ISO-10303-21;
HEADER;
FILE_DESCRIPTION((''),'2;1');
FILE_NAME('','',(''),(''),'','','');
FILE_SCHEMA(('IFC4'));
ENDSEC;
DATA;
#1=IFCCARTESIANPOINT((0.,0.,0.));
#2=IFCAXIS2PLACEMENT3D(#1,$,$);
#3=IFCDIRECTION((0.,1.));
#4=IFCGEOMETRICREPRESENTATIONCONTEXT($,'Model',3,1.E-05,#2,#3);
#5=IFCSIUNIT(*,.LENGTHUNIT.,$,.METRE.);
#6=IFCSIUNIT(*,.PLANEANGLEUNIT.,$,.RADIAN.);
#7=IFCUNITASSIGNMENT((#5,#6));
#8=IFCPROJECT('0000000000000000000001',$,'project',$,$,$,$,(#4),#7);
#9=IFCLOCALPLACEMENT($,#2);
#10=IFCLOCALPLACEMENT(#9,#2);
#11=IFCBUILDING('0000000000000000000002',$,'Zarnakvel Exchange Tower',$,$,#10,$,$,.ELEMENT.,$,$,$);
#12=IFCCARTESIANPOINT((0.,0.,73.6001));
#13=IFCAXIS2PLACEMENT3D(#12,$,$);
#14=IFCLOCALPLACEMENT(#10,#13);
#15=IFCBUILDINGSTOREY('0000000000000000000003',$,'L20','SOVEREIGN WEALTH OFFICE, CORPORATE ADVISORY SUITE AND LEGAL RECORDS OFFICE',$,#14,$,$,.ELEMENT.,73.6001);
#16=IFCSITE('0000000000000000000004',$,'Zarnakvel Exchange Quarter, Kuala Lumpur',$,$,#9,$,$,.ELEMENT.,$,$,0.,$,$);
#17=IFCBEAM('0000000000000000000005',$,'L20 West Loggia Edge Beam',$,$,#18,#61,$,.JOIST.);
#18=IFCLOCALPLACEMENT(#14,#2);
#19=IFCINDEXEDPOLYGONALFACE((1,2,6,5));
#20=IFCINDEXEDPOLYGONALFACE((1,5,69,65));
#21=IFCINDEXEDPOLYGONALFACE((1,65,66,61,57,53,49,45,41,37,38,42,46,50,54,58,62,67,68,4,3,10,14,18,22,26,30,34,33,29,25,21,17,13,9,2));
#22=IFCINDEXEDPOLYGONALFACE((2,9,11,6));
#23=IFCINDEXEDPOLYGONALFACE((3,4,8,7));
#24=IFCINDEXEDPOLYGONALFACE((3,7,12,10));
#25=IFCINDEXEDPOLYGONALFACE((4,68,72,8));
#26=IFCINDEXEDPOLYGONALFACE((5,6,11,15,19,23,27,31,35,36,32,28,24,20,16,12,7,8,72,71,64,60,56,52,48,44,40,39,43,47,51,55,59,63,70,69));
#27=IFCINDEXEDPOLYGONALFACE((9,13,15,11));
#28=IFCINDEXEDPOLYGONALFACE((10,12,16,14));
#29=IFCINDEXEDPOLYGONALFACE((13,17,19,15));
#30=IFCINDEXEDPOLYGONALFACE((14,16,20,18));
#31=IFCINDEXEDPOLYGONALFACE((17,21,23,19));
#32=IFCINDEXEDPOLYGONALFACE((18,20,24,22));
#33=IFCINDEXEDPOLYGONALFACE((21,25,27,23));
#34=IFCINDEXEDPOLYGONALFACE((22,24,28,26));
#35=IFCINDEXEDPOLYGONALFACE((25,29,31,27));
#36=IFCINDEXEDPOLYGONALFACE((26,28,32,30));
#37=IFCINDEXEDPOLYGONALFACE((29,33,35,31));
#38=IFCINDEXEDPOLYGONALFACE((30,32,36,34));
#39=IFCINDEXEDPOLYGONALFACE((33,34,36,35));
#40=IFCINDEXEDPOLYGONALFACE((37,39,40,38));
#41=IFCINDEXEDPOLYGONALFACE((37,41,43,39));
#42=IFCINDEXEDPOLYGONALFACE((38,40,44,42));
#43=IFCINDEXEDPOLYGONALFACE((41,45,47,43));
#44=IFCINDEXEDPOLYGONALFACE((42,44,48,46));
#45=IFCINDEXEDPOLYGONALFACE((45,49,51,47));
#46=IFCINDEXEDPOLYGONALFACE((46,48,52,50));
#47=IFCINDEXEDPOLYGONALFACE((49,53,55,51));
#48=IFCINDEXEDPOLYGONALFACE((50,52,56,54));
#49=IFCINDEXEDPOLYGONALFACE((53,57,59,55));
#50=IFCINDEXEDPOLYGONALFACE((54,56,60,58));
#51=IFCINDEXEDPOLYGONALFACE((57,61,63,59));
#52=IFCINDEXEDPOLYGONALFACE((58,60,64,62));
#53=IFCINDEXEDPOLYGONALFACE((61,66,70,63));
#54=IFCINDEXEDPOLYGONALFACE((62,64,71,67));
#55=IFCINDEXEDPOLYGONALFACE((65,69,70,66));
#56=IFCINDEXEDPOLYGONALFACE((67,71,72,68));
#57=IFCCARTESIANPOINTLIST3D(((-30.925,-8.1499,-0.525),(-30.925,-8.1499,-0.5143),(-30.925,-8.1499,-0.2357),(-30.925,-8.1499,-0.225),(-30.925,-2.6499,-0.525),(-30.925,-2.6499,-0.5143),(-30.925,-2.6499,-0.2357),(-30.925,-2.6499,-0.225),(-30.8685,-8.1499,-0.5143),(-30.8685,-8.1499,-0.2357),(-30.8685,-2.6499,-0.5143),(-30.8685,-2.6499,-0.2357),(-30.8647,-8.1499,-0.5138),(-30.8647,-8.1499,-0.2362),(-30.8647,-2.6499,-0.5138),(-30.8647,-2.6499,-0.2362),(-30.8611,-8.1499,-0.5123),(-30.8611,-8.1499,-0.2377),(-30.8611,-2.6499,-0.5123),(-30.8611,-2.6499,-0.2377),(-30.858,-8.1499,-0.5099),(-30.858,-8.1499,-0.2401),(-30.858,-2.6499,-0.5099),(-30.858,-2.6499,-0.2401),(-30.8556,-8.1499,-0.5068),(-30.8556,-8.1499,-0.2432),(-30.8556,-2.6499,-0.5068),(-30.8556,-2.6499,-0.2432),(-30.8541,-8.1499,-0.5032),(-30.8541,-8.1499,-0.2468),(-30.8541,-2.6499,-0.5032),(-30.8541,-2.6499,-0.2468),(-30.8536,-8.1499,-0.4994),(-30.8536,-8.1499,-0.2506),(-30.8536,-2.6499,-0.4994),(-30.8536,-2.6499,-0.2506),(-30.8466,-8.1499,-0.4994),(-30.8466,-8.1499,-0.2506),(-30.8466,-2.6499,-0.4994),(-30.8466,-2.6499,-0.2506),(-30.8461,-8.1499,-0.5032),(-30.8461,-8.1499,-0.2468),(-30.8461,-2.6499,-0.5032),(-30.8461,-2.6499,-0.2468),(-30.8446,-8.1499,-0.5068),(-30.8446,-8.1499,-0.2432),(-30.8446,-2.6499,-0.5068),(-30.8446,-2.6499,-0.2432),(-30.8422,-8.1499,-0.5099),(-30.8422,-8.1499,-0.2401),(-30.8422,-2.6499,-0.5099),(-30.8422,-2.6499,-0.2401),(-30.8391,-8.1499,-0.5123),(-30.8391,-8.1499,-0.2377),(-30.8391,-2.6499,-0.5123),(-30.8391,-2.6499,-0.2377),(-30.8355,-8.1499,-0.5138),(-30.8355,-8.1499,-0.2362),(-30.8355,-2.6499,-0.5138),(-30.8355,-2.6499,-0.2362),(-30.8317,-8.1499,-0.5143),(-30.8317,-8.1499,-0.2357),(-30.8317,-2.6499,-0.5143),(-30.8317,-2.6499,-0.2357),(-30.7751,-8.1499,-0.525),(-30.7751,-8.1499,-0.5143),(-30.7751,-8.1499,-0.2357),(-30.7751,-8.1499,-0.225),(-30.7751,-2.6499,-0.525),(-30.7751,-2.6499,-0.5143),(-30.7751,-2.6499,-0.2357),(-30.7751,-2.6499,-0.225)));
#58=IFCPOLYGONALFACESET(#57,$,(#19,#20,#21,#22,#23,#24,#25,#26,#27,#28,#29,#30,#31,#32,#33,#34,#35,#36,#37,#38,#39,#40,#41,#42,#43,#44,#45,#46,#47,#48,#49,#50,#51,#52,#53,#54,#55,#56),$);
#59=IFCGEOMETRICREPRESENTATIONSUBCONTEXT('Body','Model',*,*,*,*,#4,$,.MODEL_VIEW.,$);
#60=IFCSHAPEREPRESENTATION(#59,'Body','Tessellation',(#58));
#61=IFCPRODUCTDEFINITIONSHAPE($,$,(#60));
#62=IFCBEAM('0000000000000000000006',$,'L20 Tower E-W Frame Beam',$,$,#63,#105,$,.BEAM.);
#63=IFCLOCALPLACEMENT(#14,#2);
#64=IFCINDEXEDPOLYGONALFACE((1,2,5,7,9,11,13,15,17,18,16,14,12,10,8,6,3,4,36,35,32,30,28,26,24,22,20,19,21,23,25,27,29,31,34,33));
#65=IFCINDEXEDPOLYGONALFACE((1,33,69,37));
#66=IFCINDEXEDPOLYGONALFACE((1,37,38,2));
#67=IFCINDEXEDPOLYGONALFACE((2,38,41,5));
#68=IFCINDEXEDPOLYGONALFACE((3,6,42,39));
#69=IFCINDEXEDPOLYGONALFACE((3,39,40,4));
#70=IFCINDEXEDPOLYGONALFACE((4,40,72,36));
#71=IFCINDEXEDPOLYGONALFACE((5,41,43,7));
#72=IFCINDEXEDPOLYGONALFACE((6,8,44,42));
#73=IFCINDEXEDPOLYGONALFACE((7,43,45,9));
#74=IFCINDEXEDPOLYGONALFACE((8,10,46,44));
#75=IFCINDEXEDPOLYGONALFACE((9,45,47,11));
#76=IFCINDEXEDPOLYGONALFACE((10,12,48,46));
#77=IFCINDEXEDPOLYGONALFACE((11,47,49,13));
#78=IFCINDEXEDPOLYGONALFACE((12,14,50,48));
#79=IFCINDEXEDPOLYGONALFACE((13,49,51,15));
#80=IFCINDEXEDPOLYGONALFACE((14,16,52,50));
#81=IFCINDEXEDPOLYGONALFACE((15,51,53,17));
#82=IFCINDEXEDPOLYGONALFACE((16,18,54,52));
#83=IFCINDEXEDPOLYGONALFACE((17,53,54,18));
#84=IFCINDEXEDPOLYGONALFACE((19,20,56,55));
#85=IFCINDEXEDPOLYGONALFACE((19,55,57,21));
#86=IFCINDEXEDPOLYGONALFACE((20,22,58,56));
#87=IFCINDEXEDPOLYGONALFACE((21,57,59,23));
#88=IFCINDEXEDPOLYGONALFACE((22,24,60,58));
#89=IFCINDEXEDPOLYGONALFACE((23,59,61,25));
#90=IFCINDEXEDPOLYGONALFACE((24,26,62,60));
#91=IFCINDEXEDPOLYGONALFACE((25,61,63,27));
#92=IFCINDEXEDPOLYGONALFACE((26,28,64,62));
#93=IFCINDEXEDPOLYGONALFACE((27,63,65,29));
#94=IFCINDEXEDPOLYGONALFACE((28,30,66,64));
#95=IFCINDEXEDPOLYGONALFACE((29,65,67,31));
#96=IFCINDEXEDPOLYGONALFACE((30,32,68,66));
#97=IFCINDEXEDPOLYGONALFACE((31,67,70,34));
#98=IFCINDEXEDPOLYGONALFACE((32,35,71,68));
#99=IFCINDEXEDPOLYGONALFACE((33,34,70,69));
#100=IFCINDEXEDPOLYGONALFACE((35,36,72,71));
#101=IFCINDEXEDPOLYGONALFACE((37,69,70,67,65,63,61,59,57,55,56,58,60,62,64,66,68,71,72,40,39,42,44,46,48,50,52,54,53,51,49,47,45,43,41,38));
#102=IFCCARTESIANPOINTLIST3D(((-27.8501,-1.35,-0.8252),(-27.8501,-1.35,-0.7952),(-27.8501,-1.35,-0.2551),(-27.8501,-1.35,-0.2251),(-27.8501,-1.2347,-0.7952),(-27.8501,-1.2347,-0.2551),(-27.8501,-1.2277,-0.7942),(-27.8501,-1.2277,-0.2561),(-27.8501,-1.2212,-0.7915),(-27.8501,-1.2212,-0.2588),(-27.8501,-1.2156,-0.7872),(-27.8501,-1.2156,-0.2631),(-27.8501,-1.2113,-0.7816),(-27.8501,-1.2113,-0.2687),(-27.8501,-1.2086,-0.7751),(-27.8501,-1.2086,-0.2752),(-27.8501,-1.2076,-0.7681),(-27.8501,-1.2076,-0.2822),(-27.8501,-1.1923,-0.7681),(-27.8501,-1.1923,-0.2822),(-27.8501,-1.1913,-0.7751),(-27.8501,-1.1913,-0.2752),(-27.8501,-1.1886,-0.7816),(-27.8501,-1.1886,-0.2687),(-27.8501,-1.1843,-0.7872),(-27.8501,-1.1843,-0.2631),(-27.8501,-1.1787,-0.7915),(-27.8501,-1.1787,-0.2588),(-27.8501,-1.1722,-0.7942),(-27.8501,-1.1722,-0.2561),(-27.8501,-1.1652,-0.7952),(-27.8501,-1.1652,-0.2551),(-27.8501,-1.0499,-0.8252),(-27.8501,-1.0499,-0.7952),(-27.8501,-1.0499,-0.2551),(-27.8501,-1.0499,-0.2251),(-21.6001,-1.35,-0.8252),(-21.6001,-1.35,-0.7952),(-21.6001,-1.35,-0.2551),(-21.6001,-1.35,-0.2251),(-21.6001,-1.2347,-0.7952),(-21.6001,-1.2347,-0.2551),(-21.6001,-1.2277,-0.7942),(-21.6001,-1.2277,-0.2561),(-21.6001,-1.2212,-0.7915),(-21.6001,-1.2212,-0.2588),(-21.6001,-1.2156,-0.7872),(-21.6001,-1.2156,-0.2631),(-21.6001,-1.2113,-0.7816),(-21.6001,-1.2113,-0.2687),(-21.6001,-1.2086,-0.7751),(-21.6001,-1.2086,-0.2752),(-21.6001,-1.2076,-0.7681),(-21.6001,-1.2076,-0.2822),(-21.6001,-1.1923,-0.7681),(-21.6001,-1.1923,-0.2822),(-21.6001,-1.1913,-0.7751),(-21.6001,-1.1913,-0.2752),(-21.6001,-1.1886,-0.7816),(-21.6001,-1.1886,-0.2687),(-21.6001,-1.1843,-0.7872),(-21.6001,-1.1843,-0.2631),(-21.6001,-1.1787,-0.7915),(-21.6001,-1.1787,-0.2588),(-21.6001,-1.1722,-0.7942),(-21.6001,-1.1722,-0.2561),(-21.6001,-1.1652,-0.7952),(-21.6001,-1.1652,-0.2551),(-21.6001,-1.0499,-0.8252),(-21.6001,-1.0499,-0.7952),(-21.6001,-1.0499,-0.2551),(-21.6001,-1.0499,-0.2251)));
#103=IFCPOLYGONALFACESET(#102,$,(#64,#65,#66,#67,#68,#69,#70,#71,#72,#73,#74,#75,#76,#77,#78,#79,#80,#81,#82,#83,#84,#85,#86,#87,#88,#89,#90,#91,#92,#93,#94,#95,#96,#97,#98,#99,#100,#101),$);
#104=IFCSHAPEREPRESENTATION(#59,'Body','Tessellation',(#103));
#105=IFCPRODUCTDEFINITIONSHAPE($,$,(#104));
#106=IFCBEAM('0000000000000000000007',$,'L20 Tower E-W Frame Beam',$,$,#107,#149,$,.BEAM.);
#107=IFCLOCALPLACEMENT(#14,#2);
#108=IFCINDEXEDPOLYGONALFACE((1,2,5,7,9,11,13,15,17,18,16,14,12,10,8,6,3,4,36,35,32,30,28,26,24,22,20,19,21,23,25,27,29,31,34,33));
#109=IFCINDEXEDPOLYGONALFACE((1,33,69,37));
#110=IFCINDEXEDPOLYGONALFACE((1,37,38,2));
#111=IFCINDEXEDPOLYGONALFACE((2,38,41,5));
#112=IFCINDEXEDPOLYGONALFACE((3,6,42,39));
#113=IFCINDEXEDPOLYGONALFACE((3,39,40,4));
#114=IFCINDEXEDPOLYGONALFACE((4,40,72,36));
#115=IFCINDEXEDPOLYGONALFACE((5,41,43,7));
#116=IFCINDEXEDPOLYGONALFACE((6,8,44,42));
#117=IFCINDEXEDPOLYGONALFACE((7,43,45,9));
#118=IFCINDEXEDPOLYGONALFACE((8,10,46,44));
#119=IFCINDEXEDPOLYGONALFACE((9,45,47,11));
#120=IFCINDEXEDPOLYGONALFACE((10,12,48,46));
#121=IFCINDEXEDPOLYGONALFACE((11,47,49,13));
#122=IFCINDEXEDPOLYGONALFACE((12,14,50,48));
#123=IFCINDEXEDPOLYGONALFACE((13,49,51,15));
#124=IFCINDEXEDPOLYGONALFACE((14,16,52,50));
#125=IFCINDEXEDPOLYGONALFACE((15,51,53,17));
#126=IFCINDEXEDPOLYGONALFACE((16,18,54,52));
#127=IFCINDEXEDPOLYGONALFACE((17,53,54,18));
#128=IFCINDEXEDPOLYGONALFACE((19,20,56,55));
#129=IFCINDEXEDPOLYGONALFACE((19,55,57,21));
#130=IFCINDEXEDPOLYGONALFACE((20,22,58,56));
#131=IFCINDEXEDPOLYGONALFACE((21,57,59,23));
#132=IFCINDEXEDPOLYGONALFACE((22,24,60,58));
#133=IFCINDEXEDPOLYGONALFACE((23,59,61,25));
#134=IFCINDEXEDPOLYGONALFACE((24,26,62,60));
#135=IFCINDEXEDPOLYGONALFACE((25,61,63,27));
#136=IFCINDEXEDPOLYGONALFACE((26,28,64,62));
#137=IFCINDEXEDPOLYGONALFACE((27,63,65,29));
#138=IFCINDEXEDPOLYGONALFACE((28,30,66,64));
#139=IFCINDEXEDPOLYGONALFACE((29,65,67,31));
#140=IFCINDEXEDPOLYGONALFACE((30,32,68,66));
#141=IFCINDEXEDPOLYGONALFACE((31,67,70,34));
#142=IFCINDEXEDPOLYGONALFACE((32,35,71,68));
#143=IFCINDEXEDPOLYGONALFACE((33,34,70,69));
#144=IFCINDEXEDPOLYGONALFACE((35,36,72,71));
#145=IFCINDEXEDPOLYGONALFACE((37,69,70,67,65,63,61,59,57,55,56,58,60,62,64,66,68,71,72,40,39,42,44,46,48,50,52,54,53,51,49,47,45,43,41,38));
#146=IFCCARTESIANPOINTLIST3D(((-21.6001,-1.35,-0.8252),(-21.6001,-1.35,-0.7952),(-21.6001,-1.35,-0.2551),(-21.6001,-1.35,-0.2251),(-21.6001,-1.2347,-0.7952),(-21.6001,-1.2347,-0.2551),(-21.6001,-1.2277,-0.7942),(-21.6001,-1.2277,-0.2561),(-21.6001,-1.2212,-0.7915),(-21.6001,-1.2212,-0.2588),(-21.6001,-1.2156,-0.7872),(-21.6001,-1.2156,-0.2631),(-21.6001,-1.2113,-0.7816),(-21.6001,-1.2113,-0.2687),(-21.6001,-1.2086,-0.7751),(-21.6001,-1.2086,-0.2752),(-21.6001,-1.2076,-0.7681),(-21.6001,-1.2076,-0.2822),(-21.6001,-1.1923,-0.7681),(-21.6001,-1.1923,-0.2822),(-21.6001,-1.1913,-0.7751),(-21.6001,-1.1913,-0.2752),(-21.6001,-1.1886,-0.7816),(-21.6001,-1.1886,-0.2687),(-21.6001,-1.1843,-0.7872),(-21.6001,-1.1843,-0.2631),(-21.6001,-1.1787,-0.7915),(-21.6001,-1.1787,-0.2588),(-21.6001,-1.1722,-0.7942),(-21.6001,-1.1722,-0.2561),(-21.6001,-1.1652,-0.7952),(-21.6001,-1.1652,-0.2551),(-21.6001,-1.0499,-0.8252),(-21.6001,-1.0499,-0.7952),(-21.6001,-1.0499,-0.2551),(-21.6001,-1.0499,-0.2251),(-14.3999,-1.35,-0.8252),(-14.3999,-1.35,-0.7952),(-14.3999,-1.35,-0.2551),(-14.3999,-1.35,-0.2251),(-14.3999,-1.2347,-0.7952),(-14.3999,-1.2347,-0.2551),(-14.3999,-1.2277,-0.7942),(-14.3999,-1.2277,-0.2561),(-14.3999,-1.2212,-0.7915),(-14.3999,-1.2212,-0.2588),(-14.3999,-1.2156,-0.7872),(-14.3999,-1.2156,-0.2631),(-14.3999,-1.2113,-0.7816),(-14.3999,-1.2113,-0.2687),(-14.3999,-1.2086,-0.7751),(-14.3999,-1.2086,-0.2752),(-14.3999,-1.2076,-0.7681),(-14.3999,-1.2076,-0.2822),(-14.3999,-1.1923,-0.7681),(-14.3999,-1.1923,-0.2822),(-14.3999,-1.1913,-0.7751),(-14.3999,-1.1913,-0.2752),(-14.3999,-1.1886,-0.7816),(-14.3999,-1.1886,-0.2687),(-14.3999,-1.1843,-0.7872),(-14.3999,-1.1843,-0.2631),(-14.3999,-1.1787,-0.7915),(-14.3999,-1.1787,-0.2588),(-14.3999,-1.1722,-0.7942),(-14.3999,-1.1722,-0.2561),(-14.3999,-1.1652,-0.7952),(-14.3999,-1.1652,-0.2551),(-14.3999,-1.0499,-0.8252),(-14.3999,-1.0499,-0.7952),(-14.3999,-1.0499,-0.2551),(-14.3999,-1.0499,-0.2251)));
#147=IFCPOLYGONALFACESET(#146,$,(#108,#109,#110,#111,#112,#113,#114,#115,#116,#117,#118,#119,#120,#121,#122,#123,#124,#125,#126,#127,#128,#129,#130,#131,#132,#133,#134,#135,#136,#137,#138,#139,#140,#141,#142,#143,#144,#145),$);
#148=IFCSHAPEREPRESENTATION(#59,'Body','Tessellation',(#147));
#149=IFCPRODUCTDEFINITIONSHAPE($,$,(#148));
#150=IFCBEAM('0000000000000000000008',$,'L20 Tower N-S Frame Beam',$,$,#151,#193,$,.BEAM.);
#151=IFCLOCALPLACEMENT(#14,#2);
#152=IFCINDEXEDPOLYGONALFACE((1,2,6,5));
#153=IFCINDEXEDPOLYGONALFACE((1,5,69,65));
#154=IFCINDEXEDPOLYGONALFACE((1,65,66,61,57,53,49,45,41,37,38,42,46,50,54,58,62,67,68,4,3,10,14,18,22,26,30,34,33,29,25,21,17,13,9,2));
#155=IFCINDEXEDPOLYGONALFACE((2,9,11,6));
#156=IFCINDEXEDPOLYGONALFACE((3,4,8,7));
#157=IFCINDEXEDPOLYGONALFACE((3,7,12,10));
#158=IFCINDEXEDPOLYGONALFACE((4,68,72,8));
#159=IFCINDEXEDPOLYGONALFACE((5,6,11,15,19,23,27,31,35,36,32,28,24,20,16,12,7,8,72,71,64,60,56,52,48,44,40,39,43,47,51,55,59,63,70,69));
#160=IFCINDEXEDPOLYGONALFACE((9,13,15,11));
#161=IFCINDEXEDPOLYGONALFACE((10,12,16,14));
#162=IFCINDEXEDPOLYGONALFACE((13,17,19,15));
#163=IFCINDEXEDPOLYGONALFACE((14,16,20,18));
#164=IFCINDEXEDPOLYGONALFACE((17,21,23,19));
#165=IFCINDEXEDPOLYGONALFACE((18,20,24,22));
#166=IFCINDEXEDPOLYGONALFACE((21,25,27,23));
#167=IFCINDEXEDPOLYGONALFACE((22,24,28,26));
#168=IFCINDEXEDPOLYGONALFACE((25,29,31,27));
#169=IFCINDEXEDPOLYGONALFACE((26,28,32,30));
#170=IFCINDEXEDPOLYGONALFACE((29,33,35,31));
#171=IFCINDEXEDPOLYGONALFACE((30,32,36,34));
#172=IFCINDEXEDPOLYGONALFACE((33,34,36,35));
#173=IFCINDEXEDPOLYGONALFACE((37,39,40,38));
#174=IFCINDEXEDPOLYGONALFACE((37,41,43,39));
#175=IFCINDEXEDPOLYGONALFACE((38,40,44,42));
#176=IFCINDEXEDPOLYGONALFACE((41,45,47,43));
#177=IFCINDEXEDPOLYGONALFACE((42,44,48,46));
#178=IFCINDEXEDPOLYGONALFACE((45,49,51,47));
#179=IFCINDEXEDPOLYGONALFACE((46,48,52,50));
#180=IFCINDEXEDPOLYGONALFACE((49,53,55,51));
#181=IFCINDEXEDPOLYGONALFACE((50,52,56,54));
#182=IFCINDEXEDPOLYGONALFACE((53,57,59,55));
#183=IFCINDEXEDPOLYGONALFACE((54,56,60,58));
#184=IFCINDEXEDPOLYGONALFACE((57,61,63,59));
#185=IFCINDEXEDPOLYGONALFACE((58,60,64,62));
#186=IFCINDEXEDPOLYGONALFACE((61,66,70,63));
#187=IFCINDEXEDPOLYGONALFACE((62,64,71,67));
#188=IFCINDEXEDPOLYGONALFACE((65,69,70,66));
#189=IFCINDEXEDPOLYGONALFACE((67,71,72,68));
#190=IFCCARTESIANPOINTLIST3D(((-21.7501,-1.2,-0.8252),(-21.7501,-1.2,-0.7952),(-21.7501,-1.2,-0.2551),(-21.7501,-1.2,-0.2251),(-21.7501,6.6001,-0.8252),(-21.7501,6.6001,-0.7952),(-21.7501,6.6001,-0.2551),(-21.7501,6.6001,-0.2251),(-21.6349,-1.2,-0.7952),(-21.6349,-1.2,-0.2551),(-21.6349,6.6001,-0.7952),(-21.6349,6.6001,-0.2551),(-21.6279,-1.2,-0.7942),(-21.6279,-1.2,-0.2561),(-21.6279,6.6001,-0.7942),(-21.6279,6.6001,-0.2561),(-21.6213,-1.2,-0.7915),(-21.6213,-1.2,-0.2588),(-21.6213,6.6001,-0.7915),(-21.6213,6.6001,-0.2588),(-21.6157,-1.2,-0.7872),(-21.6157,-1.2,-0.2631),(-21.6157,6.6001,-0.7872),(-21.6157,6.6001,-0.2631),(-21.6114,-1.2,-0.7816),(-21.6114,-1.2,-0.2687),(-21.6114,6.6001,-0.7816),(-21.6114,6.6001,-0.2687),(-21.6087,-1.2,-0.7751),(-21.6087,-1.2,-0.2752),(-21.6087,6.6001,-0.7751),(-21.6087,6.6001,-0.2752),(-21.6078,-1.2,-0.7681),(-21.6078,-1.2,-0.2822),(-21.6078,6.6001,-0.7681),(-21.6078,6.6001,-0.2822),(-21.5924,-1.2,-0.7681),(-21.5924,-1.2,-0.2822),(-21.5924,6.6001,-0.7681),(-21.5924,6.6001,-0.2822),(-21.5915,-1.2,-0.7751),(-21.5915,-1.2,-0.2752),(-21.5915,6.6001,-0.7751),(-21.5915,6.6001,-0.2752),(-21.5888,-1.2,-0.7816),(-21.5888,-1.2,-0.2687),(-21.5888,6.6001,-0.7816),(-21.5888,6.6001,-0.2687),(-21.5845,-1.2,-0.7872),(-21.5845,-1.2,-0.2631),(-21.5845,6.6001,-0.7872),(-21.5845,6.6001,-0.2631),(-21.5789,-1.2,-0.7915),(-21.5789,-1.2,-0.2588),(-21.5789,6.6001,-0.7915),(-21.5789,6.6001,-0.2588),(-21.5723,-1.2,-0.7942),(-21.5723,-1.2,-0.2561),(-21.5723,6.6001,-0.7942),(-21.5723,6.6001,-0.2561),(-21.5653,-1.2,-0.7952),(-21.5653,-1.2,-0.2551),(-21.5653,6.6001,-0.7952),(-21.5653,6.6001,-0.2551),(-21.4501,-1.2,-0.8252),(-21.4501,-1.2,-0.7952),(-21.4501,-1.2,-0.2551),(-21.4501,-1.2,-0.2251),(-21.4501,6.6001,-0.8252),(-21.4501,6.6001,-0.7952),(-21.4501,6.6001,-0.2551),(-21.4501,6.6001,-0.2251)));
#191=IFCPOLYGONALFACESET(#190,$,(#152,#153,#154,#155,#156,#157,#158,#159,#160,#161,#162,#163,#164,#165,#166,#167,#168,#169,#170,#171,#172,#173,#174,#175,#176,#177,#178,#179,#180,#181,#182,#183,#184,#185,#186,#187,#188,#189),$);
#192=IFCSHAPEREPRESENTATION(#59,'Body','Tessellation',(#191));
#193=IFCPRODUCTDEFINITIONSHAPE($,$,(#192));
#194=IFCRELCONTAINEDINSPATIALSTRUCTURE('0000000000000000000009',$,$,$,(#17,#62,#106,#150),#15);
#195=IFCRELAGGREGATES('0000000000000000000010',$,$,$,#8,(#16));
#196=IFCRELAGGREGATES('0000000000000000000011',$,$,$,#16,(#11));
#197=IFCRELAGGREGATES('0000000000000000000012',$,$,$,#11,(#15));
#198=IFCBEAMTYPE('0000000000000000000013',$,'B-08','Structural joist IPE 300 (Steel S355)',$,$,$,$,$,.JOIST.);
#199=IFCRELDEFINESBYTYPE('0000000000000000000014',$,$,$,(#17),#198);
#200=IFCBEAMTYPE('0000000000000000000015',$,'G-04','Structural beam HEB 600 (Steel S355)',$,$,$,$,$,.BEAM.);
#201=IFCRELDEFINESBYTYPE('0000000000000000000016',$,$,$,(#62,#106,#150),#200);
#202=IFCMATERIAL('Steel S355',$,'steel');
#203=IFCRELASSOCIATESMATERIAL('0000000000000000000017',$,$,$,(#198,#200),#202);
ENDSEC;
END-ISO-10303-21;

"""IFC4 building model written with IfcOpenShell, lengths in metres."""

from ifc_helpers import new_model, si_unit, direction, frame, origin, origin_2d, place, context, subcontext, project, spatial, i_section, extrude, material, material_profile, profile_set, type_object, element, save


model = new_model("IFC4")

# Units and contexts
model_context = context("Model", 3, precision=1e-05, world=origin(), true_north=direction((0.0, 1.0)))
body_context = subcontext(model_context, "Body", "Model", "MODEL_VIEW")
ifc_project = project(units=[si_unit("LENGTHUNIT", "METRE"), si_unit("PLANEANGLEUNIT", "RADIAN")], contexts=[model_context])

# Site, building, storey
site_placement = place(None, origin())
site = spatial("IfcSite", under=ifc_project, at=site_placement, Name="Zarnakvel Exchange Quarter, Kuala Lumpur", CompositionType="ELEMENT", RefElevation=0.0)
building_placement = place(site_placement, origin())
building = spatial("IfcBuilding", under=site, at=building_placement, Name="Zarnakvel Exchange Tower", CompositionType="ELEMENT")
storey_placement = place(building_placement, frame((0.0, 0.0, 73.6001)))
storey = spatial("IfcBuildingStorey", under=building, at=storey_placement, Name="L20", Description="SOVEREIGN WEALTH OFFICE, CORPORATE ADVISORY SUITE AND LEGAL RECORDS OFFICE", CompositionType="ELEMENT", Elevation=73.6001)

# Shared definitions
ifc_material_1 = material(Name="Steel S355", Category="steel")

# Beams
ifc_material_profile_1 = material_profile(ifc_material_1, i_section(OverallWidth=0.1499, OverallDepth=0.3, WebThickness=0.0071, FlangeThickness=0.0107, FilletRadius=0.0149, at=origin_2d()))
ifc_profile_set_1 = profile_set([ifc_material_profile_1], Name="Steel S355")
beam_type_1 = type_object("IfcBeamType", Name="B-08", Description="Structural joist IPE 300 (Steel S355)", PredefinedType="JOIST", material=ifc_profile_set_1)
beam_1_placement = place(storey_placement, frame((-30.8501, -8.1499, -0.375), z_axis=(0.0, 1.0, 0.0), x_axis=(-1.0, 0.0, 0.0)))
element("IfcBeam", 1, at=beam_1_placement, inside=storey, type_object=beam_type_1, Name="L20 West Loggia Edge Beam", PredefinedType="JOIST", context=body_context, shape_type="SweptSolid", body=[
    extrude(i_section(OverallWidth=0.1499, OverallDepth=0.3, WebThickness=0.0071, FlangeThickness=0.0107, FilletRadius=0.0149, at=origin_2d()), origin(), (0.0, 0.0, 1.0), 5.5),
])
ifc_material_profile_2 = material_profile(ifc_material_1, i_section(OverallWidth=0.3, OverallDepth=0.6001, WebThickness=0.0154, FlangeThickness=0.03, FilletRadius=0.0271, at=origin_2d()))
ifc_profile_set_2 = profile_set([ifc_material_profile_2], Name="Steel S355")
beam_type_2 = type_object("IfcBeamType", Name="G-04", Description="Structural beam HEB 600 (Steel S355)", PredefinedType="BEAM", material=ifc_profile_set_2)
beam_2_placement = place(storey_placement, frame((-27.8501, -1.2, -0.5251), z_axis=(1.0, 0.0, 0.0), x_axis=(0.0, 1.0, 0.0)))
element("IfcBeam", 2, at=beam_2_placement, inside=storey, type_object=beam_type_2, Name="L20 Tower E-W Frame Beam", PredefinedType="BEAM", context=body_context, shape_type="SweptSolid", body=[
    extrude(i_section(OverallWidth=0.3, OverallDepth=0.6001, WebThickness=0.0154, FlangeThickness=0.03, FilletRadius=0.0271, at=origin_2d()), origin(), (0.0, 0.0, 1.0), 6.25),
])
beam_3_placement = place(storey_placement, frame((-21.6001, -1.2, -0.5251), z_axis=(1.0, 0.0, 0.0), x_axis=(0.0, 1.0, 0.0)))
element("IfcBeam", 3, at=beam_3_placement, inside=storey, type_object=beam_type_2, Name="L20 Tower E-W Frame Beam", PredefinedType="BEAM", context=body_context, shape_type="SweptSolid", body=[
    extrude(i_section(OverallWidth=0.3, OverallDepth=0.6001, WebThickness=0.0154, FlangeThickness=0.03, FilletRadius=0.0271, at=origin_2d()), origin(), (0.0, 0.0, 1.0), 7.2002),
])
beam_4_placement = place(storey_placement, frame((-21.6001, -1.2, -0.5251), z_axis=(0.0, 1.0, 0.0), x_axis=(-1.0, 0.0, 0.0)))
element("IfcBeam", 4, at=beam_4_placement, inside=storey, type_object=beam_type_2, Name="L20 Tower N-S Frame Beam", PredefinedType="BEAM", context=body_context, shape_type="SweptSolid", body=[
    extrude(i_section(OverallWidth=0.3, OverallDepth=0.6001, WebThickness=0.0154, FlangeThickness=0.03, FilletRadius=0.0271, at=origin_2d()), origin(), (0.0, 0.0, 1.0), 7.8),
])

save(model, "model.ifc")
